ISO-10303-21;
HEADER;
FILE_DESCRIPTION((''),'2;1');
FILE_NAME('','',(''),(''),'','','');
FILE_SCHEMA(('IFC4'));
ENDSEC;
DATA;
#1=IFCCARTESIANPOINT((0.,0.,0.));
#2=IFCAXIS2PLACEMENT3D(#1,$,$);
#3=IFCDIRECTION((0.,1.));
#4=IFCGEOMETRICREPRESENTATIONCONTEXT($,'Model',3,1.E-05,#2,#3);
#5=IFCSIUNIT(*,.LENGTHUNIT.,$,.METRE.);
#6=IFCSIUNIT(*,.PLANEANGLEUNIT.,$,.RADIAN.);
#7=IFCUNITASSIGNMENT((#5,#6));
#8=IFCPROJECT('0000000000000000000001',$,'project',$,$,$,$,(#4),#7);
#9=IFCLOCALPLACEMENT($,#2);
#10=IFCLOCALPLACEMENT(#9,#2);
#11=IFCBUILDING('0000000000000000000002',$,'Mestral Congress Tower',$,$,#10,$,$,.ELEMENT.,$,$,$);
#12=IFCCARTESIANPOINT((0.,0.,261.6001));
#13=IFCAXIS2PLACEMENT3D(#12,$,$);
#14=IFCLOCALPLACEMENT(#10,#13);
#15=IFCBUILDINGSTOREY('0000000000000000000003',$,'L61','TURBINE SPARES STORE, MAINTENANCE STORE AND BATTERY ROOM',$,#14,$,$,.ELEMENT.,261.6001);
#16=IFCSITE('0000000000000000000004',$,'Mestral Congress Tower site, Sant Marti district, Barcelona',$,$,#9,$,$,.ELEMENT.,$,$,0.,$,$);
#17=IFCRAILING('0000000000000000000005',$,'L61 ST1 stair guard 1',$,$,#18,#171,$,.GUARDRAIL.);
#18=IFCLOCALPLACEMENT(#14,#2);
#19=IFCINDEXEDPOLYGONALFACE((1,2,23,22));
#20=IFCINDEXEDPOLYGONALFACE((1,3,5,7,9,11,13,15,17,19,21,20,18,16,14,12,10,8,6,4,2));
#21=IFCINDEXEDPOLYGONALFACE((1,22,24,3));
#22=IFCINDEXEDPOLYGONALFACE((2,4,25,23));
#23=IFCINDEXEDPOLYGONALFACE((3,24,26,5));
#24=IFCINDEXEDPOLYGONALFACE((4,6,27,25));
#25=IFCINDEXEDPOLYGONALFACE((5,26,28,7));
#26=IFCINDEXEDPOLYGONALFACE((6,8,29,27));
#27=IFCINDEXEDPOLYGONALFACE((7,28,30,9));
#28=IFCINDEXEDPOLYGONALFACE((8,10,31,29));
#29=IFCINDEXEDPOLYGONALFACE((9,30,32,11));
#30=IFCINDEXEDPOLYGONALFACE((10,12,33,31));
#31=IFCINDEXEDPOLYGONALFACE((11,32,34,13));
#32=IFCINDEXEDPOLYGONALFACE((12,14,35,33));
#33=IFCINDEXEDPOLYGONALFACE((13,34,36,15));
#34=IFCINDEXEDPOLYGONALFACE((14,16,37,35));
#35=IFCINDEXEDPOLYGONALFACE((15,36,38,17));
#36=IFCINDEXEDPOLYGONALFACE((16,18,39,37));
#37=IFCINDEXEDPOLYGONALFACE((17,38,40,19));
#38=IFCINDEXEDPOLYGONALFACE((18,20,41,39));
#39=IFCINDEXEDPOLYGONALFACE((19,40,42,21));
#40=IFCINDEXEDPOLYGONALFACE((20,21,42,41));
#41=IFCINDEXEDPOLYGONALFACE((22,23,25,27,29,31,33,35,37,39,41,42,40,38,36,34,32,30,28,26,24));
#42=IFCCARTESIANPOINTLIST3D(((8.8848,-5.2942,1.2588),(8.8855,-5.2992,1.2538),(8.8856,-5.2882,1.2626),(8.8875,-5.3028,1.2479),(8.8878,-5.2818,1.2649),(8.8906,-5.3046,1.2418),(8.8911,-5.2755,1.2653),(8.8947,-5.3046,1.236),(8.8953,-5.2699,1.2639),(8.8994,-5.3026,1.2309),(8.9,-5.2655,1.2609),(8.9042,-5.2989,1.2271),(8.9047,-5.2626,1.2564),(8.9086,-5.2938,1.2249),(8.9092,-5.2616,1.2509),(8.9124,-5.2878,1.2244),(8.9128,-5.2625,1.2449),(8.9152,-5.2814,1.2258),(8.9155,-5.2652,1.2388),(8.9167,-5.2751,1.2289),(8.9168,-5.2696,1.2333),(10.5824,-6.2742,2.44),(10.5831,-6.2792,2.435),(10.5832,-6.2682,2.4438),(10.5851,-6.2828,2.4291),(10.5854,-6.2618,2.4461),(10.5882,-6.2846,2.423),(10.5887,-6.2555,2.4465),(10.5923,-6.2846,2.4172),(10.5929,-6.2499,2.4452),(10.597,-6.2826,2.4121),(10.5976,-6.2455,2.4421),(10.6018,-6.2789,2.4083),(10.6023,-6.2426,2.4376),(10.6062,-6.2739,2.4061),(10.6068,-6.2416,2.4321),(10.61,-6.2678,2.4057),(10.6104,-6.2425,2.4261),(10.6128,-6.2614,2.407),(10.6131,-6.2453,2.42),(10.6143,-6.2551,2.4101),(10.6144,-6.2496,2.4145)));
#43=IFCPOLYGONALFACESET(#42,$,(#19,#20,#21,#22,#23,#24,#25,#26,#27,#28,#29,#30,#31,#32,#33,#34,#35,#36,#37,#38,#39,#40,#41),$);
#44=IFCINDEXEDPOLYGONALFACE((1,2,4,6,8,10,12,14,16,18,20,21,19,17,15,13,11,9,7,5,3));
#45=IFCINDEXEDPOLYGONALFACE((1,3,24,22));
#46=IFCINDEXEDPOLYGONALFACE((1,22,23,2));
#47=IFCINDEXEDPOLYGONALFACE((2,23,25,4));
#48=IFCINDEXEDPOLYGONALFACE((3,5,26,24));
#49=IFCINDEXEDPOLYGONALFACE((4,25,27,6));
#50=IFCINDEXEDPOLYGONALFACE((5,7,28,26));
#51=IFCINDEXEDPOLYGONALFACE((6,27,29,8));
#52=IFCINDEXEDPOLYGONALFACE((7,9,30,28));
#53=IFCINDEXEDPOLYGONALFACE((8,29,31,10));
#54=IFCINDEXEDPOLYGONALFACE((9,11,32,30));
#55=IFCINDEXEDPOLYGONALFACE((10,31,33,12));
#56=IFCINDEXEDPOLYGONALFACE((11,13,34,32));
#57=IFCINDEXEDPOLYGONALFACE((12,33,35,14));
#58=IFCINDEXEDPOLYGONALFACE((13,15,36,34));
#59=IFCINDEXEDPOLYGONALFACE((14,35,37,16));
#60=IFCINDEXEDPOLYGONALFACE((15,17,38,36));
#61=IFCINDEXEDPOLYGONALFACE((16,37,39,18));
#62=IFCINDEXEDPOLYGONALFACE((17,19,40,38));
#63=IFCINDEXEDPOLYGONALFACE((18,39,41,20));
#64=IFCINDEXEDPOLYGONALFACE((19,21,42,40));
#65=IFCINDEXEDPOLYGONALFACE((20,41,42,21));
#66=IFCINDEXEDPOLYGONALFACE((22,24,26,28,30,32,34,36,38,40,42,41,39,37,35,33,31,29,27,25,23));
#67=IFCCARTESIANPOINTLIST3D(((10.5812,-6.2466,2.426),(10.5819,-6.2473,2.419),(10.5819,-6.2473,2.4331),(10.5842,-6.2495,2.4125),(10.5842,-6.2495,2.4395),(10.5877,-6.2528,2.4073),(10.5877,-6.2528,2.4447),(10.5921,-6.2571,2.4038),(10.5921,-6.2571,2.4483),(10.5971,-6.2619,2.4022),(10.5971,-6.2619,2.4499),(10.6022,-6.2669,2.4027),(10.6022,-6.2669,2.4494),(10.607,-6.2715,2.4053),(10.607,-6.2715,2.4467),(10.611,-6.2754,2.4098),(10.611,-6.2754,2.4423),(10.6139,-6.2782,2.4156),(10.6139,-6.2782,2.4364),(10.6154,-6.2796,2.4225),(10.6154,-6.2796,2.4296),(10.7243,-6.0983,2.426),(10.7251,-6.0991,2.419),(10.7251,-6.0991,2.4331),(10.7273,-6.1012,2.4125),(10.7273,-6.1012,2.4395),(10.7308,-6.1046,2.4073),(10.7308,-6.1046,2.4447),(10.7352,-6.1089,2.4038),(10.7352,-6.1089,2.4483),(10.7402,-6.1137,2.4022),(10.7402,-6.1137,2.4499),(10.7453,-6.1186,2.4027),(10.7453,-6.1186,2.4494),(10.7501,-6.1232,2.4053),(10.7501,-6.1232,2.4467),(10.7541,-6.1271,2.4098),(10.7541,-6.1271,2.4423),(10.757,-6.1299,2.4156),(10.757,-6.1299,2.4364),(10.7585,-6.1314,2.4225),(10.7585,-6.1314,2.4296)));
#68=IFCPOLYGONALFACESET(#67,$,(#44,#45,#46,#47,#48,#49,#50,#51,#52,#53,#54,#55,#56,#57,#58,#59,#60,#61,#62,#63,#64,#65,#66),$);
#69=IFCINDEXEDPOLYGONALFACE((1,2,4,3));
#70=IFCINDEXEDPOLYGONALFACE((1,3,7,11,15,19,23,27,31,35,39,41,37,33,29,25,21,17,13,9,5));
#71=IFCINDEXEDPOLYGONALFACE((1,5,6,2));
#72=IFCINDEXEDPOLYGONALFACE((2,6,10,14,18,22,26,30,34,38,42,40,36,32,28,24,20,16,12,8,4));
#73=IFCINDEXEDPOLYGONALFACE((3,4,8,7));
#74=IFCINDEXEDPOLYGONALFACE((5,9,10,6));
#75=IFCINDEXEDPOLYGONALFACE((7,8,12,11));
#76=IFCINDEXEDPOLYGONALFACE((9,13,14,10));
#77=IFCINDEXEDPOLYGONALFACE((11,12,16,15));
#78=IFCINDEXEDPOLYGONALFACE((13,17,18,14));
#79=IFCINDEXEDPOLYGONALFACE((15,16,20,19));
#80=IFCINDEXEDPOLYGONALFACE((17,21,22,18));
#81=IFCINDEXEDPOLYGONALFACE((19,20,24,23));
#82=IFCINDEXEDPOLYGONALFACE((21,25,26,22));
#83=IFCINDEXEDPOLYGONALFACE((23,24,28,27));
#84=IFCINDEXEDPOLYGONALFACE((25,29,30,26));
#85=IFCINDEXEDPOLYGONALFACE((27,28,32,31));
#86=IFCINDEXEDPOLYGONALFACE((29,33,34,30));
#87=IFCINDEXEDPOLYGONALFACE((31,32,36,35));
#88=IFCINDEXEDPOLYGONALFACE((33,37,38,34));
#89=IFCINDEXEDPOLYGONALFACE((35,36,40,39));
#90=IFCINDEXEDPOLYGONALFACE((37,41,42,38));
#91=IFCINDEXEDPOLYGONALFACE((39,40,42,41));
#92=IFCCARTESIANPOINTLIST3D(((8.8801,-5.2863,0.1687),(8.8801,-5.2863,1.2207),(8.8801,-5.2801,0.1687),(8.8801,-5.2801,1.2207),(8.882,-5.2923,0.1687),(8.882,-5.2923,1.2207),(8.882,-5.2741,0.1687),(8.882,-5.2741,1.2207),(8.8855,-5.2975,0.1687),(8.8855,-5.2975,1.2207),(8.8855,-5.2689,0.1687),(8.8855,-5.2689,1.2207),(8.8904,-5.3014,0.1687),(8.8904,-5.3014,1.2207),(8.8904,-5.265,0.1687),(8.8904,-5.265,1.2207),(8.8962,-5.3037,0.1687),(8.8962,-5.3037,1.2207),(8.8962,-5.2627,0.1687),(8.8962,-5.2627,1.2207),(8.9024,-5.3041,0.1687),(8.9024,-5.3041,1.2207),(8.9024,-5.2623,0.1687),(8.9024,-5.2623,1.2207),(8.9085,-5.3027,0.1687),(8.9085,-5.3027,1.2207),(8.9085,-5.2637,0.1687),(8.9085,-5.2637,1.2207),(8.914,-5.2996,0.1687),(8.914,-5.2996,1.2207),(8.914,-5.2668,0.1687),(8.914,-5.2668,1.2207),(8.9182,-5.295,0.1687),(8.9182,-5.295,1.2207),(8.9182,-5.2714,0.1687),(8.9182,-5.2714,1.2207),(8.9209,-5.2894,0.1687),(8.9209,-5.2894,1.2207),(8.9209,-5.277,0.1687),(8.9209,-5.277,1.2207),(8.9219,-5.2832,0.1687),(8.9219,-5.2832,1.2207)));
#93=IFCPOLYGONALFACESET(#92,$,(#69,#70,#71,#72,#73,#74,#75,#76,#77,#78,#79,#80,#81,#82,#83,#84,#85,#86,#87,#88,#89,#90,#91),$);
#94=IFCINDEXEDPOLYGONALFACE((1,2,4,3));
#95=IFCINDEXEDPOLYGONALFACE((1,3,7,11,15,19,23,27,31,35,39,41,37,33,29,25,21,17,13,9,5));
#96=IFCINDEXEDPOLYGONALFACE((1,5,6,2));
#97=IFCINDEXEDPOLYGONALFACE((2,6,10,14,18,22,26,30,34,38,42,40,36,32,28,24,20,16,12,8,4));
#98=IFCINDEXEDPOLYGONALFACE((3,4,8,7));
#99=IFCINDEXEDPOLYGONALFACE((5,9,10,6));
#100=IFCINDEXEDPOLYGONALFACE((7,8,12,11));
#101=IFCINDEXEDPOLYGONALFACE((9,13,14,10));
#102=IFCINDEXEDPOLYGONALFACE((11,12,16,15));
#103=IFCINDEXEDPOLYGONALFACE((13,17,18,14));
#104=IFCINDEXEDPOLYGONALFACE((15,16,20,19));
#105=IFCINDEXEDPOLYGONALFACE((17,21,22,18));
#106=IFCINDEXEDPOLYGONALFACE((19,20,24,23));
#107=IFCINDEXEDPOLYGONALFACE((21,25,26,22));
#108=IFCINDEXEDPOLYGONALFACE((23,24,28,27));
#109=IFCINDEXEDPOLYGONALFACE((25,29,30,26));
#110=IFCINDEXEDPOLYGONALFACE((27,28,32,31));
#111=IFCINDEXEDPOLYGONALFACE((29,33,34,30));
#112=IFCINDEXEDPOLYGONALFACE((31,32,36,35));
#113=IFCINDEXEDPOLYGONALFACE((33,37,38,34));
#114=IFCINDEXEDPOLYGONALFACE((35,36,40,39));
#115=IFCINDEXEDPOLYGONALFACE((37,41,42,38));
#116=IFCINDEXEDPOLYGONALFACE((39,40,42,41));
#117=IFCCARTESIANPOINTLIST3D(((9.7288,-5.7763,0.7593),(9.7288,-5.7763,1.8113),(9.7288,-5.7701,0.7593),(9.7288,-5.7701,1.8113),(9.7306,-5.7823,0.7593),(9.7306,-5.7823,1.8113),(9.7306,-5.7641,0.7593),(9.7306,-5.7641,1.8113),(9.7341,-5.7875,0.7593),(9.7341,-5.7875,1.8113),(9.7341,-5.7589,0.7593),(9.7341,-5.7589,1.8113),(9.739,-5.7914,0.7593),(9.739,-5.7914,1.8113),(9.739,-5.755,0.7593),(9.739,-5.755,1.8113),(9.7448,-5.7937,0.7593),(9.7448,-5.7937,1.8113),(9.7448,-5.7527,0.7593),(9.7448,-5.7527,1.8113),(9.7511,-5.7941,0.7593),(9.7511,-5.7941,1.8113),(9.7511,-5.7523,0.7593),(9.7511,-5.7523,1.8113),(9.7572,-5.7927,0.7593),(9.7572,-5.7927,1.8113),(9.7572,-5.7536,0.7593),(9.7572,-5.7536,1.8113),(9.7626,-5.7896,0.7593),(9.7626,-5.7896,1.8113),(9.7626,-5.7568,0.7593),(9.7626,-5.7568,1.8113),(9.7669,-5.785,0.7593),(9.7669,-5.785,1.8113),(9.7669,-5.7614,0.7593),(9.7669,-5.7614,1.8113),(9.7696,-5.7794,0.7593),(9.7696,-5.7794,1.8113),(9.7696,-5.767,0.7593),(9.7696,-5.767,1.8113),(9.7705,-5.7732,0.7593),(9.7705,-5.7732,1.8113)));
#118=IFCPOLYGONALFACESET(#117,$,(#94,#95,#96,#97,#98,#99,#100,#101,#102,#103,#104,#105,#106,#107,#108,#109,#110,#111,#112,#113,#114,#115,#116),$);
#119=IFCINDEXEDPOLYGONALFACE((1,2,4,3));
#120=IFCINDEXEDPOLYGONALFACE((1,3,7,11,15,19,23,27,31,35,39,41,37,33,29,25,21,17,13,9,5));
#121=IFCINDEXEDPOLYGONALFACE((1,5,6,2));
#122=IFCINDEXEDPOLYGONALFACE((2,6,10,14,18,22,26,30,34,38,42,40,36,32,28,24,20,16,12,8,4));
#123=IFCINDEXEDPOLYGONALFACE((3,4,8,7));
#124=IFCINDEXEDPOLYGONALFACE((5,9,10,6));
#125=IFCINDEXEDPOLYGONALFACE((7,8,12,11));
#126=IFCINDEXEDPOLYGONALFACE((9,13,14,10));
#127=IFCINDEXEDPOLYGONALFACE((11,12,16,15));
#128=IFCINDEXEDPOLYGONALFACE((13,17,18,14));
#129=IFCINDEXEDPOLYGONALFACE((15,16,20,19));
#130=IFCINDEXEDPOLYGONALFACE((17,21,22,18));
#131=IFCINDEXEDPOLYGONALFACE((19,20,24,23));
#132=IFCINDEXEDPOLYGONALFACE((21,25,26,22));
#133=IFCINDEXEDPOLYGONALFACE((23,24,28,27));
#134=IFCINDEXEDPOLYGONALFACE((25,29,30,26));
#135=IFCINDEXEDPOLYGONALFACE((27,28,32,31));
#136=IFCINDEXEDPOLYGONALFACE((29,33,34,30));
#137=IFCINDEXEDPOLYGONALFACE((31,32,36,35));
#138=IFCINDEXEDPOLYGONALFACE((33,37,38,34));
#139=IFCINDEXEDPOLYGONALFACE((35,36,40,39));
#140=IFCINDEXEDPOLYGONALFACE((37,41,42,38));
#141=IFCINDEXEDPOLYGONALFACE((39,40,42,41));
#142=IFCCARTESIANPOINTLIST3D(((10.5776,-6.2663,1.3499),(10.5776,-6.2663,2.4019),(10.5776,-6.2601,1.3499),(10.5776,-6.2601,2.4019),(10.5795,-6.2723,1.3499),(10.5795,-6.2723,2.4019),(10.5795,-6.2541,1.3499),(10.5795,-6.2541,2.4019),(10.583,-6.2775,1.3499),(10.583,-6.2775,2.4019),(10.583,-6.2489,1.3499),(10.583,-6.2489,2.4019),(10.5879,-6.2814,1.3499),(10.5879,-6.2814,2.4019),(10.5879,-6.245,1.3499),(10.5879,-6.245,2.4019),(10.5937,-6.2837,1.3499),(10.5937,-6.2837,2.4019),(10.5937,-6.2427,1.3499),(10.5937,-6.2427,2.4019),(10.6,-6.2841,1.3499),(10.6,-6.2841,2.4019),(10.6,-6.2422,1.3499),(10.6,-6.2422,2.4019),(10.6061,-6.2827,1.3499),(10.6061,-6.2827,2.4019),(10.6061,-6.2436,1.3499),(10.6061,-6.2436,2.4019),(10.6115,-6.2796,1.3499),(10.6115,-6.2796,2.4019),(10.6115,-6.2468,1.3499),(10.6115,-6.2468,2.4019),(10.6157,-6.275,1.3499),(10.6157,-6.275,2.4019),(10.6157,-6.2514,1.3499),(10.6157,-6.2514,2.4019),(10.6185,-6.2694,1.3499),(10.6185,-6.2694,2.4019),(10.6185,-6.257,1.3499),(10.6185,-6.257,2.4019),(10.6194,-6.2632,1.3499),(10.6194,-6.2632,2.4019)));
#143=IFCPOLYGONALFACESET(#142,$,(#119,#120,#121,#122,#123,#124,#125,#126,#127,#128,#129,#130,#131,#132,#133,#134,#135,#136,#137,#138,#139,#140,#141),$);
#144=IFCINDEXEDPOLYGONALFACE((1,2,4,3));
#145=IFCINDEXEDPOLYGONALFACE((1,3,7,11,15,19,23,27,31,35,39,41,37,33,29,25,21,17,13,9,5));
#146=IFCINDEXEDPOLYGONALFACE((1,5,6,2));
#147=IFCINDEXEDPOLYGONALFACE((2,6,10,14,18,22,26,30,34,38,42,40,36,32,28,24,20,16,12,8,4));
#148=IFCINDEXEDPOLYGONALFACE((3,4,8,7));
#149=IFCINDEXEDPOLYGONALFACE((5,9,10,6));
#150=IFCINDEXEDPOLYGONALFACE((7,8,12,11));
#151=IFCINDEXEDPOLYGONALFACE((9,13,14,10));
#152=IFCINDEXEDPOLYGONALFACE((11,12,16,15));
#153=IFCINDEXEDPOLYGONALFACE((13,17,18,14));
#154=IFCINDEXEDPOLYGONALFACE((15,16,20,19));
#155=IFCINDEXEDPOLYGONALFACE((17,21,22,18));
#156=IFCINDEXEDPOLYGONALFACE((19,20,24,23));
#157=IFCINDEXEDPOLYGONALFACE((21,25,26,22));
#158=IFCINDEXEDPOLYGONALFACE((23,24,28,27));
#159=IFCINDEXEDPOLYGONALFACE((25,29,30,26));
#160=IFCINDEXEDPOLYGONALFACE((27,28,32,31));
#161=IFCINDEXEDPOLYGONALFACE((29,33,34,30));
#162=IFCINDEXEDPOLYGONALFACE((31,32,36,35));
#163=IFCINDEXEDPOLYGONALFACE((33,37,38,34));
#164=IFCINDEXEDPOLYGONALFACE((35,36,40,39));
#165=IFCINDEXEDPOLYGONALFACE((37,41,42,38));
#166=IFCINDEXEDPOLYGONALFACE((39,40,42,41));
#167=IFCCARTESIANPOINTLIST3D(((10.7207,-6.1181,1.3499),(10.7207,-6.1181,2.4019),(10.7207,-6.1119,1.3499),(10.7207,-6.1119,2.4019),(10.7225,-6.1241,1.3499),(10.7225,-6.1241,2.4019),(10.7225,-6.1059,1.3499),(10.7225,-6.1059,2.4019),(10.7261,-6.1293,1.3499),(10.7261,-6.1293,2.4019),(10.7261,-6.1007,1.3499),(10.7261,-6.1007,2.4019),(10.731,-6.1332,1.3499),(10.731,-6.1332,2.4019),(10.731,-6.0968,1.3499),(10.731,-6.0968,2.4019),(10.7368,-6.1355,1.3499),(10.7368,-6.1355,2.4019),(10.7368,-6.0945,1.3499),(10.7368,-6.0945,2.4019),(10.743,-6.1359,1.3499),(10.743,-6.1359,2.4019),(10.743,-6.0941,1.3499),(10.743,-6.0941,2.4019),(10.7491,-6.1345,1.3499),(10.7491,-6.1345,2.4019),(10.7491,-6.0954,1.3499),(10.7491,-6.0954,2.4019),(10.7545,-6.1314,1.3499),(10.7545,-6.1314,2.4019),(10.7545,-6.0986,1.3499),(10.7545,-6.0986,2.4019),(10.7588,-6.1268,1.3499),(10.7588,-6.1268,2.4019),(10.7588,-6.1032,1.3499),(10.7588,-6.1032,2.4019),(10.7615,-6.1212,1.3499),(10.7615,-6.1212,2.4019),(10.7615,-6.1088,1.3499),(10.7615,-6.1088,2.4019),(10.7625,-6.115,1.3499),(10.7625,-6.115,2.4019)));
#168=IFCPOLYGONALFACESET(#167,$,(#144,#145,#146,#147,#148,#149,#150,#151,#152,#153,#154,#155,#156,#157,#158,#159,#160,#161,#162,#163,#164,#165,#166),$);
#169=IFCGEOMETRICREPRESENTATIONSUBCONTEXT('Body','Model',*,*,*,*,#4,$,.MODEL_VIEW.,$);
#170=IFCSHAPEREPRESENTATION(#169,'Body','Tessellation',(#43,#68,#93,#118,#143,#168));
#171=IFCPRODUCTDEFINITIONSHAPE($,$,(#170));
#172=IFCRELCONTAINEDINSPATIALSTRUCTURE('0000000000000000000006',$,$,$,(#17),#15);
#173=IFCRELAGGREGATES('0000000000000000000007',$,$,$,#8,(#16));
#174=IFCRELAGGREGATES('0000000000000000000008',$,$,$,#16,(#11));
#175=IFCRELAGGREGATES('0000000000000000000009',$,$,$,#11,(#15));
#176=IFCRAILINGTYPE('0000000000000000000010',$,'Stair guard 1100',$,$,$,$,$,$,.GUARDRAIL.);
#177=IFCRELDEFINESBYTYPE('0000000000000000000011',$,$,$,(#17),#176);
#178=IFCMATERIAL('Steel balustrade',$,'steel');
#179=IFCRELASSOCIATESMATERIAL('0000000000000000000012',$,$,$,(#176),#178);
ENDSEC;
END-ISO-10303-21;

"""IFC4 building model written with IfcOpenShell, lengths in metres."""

from ifc_helpers import new_model, si_unit, direction, frame, origin, origin_2d, place, context, subcontext, project, spatial, circle, extrude, material, type_object, element, save


model = new_model("IFC4")

# Units and contexts
model_context = context("Model", 3, precision=1e-05, world=origin(), true_north=direction((0.0, 1.0)))
body_context = subcontext(model_context, "Body", "Model", "MODEL_VIEW")
ifc_project = project(units=[si_unit("LENGTHUNIT", "METRE"), si_unit("PLANEANGLEUNIT", "RADIAN")], contexts=[model_context])

# Site, building, storey
site_placement = place(None, origin())
site = spatial("IfcSite", under=ifc_project, at=site_placement, Name="Mestral Congress Tower site, Sant Marti district, Barcelona", CompositionType="ELEMENT", RefElevation=0.0)
building_placement = place(site_placement, origin())
building = spatial("IfcBuilding", under=site, at=building_placement, Name="Mestral Congress Tower", CompositionType="ELEMENT")
storey_placement = place(building_placement, frame((0.0, 0.0, 261.6001)))
storey = spatial("IfcBuildingStorey", under=building, at=storey_placement, Name="L61", Description="TURBINE SPARES STORE, MAINTENANCE STORE AND BATTERY ROOM", CompositionType="ELEMENT", Elevation=261.6001)

# Railing
ifc_material_1 = material(Name="Steel balustrade", Category="steel")
railing_type = type_object("IfcRailingType", Name="Stair guard 1100", PredefinedType="GUARDRAIL", material=ifc_material_1)
for number, where, name in (
    (1, (8.9009, -5.2832, 0.1687), "L61 ST1 stair guard 1"),
):
    element("IfcRailing", number, at=place(storey_placement, frame(where)), inside=storey, type_object=railing_type, Name=name, PredefinedType="GUARDRAIL", context=body_context, shape_type="SweptSolid", body=[
        extrude(circle(Radius=0.0239, at=origin_2d()), frame((0.0, 0.0, 1.0762), z_axis=(0.741771, -0.428228, 0.516135), x_axis=(0.49997, 0.866042, 0.0)), (0.0, 0.0, 1.0), 2.2886),
        extrude(circle(Radius=0.0239, at=origin_2d()), frame((1.6975, -0.98, 2.2573), z_axis=(0.694552, 0.719442, 0.0), x_axis=(-0.719442, 0.694552, 0.0)), (0.0, 0.0, 1.0), 0.2061),
        extrude(circle(Radius=0.021, at=origin_2d()), origin(), (0.0, 0.0, 1.0), 1.052),
        extrude(circle(Radius=0.021, at=origin_2d()), frame((0.8486, -0.49, 0.5906)), (0.0, 0.0, 1.0), 1.052),
        extrude(circle(Radius=0.021, at=origin_2d()), frame((1.6975, -0.98, 1.1812)), (0.0, 0.0, 1.0), 1.052),
        extrude(circle(Radius=0.021, at=origin_2d()), frame((1.8406, -0.8318, 1.1812)), (0.0, 0.0, 1.0), 1.052),
    ])

save(model, "model.ifc")
